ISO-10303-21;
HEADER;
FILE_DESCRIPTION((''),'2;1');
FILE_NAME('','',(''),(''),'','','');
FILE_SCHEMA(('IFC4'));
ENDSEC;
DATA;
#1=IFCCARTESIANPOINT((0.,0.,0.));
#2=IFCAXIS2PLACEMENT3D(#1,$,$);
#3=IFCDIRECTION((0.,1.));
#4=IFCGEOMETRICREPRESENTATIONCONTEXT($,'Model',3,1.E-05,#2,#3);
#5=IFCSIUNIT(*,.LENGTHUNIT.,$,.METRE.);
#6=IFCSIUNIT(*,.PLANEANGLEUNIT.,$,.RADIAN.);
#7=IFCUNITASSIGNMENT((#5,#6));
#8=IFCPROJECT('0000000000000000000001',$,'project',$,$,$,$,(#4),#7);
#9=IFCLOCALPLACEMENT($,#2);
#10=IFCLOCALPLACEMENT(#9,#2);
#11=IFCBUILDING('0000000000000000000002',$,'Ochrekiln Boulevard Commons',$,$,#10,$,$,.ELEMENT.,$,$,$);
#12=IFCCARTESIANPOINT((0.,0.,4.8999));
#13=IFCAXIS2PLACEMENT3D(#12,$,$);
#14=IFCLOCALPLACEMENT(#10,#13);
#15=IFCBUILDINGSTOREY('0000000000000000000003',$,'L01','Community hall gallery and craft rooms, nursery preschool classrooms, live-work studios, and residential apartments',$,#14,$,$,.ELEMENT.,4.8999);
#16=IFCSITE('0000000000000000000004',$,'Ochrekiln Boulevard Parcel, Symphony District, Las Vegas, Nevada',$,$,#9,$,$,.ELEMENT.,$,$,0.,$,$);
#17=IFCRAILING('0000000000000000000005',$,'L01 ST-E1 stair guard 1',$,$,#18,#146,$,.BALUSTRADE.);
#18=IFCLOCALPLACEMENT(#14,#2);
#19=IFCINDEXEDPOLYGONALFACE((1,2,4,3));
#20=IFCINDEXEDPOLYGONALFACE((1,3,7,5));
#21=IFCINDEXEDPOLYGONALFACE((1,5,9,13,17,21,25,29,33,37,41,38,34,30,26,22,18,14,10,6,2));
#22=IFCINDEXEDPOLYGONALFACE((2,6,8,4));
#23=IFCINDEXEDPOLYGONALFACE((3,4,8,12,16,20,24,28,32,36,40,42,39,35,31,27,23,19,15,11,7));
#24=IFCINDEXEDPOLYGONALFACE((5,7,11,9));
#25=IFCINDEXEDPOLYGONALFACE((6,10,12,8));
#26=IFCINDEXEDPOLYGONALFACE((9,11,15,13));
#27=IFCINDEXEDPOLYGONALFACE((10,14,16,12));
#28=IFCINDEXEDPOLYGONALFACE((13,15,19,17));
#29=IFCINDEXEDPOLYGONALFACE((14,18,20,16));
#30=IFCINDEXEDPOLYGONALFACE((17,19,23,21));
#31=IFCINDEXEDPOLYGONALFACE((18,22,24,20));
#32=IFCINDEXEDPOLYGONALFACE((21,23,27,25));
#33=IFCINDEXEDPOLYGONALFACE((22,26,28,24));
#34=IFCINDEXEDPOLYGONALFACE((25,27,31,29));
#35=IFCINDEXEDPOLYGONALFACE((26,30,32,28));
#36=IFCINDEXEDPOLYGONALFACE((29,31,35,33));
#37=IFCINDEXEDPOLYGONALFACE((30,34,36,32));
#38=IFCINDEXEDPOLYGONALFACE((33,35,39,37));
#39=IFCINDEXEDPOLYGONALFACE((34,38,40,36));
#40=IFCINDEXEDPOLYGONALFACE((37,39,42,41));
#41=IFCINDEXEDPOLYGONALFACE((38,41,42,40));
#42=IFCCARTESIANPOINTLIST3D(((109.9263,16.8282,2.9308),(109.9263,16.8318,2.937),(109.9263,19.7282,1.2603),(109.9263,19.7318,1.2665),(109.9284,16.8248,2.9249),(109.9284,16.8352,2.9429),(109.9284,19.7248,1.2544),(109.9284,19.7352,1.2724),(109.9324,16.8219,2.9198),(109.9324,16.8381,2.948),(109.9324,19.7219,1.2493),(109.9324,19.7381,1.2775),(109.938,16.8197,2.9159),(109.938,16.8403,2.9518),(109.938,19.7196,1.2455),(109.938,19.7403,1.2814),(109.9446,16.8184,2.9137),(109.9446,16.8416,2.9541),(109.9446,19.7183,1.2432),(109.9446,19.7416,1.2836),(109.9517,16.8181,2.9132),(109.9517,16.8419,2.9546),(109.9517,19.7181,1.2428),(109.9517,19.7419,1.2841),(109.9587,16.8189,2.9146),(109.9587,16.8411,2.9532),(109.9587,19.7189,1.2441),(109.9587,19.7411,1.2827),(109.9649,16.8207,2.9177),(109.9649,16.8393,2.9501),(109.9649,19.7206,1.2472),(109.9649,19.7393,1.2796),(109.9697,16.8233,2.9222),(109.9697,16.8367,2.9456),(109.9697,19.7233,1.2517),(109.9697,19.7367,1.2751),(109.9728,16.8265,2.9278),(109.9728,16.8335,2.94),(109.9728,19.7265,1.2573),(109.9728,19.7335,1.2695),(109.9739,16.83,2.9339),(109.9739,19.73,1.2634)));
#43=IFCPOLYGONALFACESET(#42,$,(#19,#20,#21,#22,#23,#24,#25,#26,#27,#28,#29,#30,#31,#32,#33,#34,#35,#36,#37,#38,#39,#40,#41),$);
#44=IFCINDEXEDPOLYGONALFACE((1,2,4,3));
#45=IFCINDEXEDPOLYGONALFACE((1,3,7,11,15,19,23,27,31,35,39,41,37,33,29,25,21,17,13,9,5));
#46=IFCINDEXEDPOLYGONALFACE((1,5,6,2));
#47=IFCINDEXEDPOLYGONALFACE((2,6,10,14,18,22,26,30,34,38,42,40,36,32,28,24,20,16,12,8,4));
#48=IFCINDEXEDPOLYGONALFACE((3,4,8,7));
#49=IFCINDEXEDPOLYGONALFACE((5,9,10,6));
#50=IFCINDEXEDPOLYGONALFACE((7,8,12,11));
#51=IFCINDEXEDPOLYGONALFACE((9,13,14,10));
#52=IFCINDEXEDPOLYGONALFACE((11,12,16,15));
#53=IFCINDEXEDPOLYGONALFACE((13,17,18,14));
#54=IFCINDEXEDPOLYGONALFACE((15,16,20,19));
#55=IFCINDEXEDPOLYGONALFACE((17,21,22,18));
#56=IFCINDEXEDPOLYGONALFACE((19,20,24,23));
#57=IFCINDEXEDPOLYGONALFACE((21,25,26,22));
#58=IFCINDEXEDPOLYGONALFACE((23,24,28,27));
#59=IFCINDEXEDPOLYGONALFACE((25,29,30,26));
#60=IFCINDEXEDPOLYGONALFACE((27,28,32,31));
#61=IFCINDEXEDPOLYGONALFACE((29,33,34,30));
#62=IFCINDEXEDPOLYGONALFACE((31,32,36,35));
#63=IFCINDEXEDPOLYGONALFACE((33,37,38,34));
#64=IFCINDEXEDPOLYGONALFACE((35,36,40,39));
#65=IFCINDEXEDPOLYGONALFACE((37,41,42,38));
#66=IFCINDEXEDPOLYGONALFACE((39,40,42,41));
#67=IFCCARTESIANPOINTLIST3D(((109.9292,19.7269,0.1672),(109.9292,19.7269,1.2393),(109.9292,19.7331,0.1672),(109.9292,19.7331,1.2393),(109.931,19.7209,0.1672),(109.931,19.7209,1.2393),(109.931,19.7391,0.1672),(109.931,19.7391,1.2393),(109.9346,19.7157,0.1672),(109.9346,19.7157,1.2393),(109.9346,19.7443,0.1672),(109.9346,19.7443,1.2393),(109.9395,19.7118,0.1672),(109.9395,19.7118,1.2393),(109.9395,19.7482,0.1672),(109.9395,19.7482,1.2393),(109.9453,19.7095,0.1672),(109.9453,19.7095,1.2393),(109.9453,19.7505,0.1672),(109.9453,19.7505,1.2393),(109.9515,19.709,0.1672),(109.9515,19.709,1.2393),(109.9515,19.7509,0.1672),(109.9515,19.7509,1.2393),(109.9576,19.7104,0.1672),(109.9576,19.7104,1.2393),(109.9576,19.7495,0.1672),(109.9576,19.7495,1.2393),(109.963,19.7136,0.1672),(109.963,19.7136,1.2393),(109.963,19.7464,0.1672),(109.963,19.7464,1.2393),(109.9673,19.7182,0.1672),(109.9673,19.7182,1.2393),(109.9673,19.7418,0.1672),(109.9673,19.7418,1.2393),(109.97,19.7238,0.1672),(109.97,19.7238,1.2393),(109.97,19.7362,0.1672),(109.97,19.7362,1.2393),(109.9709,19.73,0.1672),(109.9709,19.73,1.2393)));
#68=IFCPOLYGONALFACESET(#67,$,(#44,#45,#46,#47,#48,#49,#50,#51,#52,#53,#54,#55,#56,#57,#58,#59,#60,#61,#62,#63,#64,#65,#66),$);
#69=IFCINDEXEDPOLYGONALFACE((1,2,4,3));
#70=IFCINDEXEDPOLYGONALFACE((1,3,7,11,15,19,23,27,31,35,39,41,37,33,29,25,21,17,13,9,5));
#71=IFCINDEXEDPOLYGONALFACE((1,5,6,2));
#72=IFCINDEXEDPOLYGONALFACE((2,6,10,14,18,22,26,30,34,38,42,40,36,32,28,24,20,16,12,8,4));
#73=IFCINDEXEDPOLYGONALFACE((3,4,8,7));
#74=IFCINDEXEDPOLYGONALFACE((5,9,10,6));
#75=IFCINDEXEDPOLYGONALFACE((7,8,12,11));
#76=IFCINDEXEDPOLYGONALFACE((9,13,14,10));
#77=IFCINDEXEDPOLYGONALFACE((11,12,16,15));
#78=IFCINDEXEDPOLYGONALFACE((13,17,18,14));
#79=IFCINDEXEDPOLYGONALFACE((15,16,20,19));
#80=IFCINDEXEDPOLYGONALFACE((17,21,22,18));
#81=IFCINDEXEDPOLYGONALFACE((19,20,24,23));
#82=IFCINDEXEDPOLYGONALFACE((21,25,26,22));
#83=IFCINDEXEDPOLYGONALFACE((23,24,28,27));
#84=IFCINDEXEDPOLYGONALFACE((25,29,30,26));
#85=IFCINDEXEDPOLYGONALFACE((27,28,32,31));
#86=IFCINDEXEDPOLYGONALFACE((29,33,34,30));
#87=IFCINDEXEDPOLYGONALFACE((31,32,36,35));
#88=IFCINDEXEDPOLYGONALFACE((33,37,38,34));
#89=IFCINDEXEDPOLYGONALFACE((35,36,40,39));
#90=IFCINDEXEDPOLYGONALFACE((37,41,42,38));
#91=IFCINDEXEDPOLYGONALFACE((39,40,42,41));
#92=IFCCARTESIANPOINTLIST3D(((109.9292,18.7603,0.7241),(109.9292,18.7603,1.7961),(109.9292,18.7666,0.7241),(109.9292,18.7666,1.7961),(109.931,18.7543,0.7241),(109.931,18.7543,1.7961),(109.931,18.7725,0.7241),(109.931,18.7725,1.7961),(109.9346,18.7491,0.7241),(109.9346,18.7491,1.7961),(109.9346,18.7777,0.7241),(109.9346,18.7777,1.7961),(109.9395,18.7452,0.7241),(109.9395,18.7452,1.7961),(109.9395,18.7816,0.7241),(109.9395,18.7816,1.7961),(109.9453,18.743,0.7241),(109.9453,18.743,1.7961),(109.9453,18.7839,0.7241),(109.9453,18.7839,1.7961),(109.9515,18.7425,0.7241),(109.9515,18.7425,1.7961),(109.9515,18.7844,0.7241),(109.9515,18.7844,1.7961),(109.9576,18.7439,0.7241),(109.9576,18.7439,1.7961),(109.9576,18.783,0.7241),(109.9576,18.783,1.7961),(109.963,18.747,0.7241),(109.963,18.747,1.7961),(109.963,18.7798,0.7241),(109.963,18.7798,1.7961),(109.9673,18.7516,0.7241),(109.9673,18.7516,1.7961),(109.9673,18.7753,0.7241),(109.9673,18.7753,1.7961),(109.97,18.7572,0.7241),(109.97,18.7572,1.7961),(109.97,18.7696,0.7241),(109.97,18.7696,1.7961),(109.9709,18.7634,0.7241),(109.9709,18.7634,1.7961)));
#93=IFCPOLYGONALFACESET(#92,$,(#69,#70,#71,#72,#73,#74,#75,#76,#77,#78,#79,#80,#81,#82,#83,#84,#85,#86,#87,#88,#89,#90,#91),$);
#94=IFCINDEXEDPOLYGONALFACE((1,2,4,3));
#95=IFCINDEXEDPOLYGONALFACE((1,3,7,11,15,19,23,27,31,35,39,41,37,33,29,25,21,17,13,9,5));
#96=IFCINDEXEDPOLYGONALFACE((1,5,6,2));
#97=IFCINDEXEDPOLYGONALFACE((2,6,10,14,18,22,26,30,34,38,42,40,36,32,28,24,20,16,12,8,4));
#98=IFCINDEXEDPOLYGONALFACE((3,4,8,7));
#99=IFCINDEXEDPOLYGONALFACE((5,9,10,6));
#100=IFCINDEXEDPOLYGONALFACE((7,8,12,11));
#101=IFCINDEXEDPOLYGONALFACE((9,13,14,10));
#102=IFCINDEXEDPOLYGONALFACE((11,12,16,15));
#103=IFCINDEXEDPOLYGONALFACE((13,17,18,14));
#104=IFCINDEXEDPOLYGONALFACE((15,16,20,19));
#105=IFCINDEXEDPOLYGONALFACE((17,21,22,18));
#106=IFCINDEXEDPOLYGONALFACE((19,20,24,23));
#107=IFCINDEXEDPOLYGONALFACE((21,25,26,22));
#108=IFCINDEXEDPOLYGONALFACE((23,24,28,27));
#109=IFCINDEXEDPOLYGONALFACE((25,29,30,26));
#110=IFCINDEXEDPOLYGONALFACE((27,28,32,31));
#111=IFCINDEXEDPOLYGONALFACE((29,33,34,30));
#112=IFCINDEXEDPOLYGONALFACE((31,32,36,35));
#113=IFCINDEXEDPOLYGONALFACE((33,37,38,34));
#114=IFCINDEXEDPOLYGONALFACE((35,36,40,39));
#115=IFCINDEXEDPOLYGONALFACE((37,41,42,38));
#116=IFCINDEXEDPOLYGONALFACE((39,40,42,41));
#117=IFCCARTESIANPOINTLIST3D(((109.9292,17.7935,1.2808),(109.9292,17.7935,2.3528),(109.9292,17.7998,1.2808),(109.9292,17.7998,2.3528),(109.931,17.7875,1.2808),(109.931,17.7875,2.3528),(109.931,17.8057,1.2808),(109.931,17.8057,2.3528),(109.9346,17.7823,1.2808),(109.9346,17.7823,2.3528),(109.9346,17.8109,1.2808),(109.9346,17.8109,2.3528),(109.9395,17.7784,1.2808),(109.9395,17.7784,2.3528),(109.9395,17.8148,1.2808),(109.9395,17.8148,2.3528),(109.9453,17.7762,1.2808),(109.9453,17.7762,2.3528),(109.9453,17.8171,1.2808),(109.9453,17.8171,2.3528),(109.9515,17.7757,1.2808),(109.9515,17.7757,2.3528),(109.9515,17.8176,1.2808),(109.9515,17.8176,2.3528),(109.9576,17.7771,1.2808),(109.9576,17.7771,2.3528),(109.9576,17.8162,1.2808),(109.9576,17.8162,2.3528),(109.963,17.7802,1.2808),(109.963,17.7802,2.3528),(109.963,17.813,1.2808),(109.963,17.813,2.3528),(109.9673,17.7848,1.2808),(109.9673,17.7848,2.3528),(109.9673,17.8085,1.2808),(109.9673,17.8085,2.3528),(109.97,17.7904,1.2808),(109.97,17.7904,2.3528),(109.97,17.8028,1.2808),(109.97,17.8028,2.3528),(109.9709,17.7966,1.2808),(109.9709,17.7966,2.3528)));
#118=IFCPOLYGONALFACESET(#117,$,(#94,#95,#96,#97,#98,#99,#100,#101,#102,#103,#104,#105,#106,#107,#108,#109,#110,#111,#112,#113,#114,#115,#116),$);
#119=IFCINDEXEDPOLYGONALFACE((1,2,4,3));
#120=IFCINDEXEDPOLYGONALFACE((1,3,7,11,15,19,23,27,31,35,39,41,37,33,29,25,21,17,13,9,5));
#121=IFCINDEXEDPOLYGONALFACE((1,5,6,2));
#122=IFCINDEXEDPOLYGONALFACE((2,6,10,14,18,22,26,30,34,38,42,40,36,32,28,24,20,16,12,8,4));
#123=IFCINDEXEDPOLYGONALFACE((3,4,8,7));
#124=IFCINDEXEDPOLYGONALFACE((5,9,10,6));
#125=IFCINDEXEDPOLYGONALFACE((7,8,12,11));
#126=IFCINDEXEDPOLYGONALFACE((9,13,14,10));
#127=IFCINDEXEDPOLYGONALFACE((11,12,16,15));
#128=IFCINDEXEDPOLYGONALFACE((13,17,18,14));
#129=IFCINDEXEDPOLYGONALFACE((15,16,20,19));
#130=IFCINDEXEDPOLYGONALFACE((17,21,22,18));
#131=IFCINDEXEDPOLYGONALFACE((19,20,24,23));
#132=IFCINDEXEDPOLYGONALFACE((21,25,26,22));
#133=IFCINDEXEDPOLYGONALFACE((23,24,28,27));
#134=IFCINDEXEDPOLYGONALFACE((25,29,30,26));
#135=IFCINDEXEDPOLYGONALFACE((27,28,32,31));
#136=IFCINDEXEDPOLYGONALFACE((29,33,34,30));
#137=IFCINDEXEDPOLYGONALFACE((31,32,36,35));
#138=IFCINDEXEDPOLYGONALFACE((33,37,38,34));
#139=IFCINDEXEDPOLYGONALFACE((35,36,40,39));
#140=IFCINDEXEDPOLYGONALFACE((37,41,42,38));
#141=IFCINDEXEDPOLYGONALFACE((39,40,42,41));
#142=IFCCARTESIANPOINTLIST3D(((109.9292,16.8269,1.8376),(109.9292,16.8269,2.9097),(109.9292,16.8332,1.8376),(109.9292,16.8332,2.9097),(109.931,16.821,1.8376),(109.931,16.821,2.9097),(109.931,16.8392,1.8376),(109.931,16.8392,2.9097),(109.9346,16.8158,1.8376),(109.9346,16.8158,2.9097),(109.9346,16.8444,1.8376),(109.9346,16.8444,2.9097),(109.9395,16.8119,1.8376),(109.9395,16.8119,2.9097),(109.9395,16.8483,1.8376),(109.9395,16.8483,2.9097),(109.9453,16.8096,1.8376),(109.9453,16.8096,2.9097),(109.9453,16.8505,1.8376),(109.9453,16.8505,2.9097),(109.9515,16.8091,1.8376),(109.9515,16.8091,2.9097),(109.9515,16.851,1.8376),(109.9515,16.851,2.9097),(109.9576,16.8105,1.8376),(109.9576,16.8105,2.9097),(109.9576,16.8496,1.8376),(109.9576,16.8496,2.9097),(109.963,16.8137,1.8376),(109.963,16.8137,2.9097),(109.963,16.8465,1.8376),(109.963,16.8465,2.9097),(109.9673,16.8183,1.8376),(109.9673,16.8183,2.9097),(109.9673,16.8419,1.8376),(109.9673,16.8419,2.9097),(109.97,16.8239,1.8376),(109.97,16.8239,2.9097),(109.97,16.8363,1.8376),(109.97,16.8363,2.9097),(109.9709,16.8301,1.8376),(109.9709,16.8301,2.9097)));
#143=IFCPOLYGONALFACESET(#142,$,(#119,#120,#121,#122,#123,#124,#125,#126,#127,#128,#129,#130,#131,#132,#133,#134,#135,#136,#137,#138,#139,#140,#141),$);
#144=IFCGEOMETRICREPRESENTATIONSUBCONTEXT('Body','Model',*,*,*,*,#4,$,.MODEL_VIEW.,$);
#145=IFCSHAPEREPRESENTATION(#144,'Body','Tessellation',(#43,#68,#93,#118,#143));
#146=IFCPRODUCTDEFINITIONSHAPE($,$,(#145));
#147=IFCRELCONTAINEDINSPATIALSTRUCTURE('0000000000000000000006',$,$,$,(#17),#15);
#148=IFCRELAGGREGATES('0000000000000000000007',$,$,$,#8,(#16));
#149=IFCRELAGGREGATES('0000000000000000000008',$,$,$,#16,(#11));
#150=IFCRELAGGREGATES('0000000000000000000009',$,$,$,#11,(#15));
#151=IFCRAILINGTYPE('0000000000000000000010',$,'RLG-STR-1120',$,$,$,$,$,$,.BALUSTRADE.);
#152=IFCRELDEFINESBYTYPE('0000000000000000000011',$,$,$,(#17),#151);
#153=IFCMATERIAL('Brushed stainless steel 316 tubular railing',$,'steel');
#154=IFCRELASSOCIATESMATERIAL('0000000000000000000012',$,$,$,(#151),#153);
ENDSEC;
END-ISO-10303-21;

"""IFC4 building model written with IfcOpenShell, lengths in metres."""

from ifc_helpers import new_model, si_unit, direction, frame, origin, origin_2d, place, context, subcontext, project, spatial, circle, extrude, material, type_object, element, save


model = new_model("IFC4")

# Units and contexts
model_context = context("Model", 3, precision=1e-05, world=origin(), true_north=direction((0.0, 1.0)))
body_context = subcontext(model_context, "Body", "Model", "MODEL_VIEW")
ifc_project = project(units=[si_unit("LENGTHUNIT", "METRE"), si_unit("PLANEANGLEUNIT", "RADIAN")], contexts=[model_context])

# Site, building, storey
site_placement = place(None, origin())
site = spatial("IfcSite", under=ifc_project, at=site_placement, Name="Ochrekiln Boulevard Parcel, Symphony District, Las Vegas, Nevada", CompositionType="ELEMENT", RefElevation=0.0)
building_placement = place(site_placement, origin())
building = spatial("IfcBuilding", under=site, at=building_placement, Name="Ochrekiln Boulevard Commons", CompositionType="ELEMENT")
storey_placement = place(building_placement, frame((0.0, 0.0, 4.8999)))
storey = spatial("IfcBuildingStorey", under=building, at=storey_placement, Name="L01", Description="Community hall gallery and craft rooms, nursery preschool classrooms, live-work studios, and residential apartments", CompositionType="ELEMENT", Elevation=4.8999)

# Railing
ifc_material_1 = material(Name="Brushed stainless steel 316 tubular railing", Category="steel")
railing_type_1 = type_object("IfcRailingType", Name="RLG-STR-1120", PredefinedType="BALUSTRADE", material=ifc_material_1)
railing_1_placement = place(storey_placement, frame((109.95, 19.73, 0.1672)))
element("IfcRailing", 1, at=railing_1_placement, inside=storey, type_object=railing_type_1, Name="L01 ST-E1 stair guard 1", PredefinedType="BALUSTRADE", context=body_context, shape_type="SweptSolid", body=[
    extrude(circle(Radius=0.0239, at=origin_2d()), frame((0.0, 0.0, 1.0962), z_axis=(0.0, -0.866523, 0.499137), x_axis=(1.0, 0.0, 0.0)), (0.0, 0.0, 1.0), 3.3467),
    extrude(circle(Radius=0.021, at=origin_2d()), origin(), (0.0, 0.0, 1.0), 1.072),
    extrude(circle(Radius=0.021, at=origin_2d()), frame((0.0, -0.9666, 0.5569)), (0.0, 0.0, 1.0), 1.072),
    extrude(circle(Radius=0.021, at=origin_2d()), frame((0.0, -1.9333, 1.1135)), (0.0, 0.0, 1.0), 1.072),
    extrude(circle(Radius=0.021, at=origin_2d()), frame((0.0, -2.8999, 1.6704)), (0.0, 0.0, 1.0), 1.072),
])

save(model, "model.ifc")
